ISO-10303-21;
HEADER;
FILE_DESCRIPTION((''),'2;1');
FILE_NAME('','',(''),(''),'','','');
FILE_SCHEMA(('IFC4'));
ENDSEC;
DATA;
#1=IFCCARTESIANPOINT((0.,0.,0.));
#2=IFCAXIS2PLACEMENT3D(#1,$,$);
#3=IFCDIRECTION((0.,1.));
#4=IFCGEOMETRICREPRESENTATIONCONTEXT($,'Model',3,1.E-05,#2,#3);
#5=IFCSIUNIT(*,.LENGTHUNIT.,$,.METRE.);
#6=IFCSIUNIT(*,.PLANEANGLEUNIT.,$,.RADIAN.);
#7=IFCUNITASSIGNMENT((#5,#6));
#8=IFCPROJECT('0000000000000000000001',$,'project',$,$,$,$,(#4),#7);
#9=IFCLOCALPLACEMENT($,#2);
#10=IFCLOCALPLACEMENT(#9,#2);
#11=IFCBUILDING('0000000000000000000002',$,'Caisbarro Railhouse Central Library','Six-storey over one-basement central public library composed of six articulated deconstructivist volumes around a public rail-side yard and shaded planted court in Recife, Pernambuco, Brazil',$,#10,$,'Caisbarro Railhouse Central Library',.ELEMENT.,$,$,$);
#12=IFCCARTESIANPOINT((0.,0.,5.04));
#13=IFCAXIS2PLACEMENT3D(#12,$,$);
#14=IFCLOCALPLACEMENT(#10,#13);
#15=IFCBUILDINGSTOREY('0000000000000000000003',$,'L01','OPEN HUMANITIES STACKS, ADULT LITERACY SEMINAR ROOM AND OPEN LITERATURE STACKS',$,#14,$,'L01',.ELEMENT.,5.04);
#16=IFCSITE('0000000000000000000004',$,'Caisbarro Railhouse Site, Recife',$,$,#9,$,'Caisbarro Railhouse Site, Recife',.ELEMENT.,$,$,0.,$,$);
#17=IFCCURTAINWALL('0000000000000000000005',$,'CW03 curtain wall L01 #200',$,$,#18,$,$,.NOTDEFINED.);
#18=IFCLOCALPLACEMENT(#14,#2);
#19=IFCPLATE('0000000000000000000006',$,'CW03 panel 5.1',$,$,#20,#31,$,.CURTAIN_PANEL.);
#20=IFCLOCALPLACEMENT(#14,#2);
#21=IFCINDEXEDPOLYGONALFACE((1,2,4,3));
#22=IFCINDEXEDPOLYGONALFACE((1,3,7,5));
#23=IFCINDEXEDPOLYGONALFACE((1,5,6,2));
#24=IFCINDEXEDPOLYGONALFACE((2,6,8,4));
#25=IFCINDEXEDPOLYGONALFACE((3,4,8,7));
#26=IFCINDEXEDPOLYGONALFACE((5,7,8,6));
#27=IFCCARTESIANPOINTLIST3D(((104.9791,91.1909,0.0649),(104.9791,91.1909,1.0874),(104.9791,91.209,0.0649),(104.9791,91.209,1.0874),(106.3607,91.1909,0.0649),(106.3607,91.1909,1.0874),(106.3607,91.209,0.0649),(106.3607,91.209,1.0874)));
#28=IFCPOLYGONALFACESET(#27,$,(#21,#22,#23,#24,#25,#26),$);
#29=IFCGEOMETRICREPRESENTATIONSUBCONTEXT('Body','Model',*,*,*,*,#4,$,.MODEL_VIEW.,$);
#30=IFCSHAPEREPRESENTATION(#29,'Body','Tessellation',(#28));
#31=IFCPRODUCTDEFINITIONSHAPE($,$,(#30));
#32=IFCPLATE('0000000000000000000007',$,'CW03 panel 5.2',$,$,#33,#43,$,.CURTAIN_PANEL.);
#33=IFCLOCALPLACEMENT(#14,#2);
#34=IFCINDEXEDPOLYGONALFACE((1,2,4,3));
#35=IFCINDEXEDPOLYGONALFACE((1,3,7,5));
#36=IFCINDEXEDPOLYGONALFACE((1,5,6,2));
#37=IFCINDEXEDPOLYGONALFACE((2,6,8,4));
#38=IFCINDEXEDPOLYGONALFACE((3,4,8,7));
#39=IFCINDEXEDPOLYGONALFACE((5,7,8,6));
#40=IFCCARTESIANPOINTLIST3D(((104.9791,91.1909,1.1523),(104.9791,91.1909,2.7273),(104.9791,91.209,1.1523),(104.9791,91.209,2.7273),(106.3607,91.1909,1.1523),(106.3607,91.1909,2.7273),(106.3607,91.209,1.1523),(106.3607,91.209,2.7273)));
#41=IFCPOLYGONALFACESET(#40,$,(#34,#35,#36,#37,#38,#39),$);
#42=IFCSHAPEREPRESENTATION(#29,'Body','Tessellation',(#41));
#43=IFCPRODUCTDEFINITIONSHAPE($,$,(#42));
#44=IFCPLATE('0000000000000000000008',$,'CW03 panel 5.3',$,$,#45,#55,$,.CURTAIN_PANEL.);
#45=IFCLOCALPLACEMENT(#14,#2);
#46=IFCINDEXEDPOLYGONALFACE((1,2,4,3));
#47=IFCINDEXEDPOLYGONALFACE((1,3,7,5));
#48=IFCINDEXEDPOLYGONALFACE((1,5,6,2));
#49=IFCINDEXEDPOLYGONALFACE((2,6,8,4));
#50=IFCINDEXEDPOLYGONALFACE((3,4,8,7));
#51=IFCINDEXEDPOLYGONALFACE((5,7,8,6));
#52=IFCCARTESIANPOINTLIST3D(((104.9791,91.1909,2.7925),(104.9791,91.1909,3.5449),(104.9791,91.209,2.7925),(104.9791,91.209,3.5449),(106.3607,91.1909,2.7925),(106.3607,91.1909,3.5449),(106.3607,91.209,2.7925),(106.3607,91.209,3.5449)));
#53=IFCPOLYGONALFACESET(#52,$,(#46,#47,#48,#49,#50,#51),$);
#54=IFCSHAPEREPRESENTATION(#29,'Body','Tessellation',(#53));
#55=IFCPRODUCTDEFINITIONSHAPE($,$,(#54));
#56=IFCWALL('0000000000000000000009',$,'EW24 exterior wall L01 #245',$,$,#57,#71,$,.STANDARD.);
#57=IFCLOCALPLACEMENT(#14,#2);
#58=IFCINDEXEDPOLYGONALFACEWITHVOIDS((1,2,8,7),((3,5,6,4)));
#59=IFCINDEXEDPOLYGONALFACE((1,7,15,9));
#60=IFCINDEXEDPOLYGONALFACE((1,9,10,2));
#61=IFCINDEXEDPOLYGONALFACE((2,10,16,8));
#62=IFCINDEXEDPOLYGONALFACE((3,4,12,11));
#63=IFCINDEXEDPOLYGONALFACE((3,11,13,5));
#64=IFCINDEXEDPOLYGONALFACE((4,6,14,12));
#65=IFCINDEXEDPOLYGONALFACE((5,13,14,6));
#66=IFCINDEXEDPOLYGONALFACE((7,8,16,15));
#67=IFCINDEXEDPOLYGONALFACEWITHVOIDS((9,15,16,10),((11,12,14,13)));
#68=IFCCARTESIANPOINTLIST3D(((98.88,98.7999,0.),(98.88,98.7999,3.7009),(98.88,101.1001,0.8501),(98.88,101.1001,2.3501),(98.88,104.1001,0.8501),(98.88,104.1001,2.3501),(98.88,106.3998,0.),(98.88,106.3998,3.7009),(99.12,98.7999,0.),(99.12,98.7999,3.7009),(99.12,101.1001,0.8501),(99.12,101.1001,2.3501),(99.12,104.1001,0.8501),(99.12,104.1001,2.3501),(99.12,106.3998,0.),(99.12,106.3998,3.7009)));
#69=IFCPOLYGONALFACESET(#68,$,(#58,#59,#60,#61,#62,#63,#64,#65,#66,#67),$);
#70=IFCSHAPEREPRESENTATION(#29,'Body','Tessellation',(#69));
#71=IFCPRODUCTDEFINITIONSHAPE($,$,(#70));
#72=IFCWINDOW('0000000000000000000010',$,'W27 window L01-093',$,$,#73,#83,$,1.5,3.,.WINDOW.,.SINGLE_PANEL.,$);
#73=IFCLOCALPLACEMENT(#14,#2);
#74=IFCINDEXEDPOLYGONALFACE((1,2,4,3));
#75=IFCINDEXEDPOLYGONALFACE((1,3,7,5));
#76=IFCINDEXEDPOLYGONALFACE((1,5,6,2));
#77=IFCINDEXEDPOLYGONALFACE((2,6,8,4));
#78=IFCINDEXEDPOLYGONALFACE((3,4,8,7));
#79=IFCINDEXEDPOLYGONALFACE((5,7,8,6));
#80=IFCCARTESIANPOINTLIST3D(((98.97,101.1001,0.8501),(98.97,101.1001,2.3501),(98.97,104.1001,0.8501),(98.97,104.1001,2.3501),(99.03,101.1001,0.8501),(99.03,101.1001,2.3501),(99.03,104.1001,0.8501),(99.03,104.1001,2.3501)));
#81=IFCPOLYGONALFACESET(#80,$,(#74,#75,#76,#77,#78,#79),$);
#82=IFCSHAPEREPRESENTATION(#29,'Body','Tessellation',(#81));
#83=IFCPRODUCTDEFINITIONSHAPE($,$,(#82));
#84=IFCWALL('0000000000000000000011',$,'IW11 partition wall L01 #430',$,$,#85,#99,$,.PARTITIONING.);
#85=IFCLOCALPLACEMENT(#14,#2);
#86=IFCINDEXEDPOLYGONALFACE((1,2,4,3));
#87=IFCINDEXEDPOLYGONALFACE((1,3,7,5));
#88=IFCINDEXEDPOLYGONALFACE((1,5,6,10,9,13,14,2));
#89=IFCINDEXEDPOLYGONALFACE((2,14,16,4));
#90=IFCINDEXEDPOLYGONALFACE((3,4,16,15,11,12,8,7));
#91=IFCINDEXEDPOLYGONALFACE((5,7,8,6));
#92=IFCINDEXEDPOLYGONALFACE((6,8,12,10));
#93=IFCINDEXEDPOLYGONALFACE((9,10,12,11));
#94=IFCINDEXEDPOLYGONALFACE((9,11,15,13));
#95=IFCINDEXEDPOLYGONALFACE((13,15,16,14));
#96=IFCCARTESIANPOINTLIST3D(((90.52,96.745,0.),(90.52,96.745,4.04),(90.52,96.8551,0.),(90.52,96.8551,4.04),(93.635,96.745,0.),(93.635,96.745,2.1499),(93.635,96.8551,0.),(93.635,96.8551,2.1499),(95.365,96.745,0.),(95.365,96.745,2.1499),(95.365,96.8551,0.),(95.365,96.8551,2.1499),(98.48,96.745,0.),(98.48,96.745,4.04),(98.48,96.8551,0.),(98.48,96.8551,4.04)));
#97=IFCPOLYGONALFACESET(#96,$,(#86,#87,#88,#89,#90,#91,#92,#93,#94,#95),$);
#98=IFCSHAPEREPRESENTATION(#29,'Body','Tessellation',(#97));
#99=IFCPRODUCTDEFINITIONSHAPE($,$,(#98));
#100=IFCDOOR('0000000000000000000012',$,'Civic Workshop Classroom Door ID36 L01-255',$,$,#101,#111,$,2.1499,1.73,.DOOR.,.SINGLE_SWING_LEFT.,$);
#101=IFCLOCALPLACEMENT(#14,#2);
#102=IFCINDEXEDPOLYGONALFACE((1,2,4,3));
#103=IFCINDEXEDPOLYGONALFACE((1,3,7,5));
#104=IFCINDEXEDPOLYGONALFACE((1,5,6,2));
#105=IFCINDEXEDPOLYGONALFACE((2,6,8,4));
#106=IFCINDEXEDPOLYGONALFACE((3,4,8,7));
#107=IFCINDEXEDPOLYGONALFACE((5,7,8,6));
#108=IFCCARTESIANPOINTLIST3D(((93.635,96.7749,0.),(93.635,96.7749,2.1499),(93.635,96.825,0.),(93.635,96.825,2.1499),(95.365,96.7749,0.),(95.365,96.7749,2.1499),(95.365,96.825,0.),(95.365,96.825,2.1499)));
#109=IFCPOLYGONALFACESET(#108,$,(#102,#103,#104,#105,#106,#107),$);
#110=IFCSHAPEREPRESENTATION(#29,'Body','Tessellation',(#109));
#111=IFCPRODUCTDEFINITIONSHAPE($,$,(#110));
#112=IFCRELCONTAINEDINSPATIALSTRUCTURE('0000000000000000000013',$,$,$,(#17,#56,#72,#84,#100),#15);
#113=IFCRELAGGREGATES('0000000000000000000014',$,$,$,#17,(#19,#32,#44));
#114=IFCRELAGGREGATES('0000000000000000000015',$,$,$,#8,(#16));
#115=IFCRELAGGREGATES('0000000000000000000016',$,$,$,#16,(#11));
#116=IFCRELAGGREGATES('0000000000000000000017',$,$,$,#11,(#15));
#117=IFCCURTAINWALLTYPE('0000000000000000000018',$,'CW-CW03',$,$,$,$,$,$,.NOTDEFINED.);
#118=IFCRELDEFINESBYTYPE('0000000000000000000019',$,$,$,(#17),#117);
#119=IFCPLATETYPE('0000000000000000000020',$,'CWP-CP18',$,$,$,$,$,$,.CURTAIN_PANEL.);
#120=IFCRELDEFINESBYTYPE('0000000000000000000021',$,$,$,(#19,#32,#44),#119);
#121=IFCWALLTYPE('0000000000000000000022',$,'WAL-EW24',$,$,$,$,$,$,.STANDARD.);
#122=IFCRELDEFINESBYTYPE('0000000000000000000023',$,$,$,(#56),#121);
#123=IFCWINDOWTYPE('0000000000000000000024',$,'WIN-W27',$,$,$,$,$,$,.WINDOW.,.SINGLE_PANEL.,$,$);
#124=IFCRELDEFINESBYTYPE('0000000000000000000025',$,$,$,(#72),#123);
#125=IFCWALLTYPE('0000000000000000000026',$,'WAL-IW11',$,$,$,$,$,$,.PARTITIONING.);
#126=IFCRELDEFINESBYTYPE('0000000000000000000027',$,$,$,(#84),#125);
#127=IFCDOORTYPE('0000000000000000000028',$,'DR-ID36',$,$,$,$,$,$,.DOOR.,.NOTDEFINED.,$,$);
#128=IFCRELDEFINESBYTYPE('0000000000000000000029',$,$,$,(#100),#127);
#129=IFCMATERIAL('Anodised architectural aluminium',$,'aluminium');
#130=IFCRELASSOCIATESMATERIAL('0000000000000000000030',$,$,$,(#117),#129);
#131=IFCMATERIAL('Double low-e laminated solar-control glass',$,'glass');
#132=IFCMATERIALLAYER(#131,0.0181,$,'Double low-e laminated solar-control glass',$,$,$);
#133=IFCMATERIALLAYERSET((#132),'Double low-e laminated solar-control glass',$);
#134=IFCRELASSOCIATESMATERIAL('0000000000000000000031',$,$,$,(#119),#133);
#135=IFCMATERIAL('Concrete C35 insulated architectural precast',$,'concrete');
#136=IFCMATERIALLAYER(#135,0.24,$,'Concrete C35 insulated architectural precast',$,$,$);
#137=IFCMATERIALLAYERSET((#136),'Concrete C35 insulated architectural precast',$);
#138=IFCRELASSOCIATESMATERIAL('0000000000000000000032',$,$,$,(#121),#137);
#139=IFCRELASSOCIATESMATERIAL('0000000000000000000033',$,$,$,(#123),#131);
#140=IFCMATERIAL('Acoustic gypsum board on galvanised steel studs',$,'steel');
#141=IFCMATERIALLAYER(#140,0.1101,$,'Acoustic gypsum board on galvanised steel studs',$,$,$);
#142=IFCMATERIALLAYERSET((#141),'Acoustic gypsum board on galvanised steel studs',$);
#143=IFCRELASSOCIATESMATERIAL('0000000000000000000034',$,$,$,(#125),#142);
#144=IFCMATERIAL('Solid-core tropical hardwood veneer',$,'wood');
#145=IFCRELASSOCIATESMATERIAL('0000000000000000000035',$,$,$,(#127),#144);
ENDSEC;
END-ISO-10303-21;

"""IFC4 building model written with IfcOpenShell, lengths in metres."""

from ifc_helpers import new_model, si_unit, direction, frame, frame_2d, origin, origin_2d, place, context, subcontext, project, spatial, rectangle, extrude, material, layer, layer_set, type_object, element, fill, aggregate, save


model = new_model("IFC4")

# Units and contexts
model_context = context("Model", 3, precision=1e-05, world=origin(), true_north=direction((0.0, 1.0)))
body_context = subcontext(model_context, "Body", "Model", "MODEL_VIEW")
ifc_project = project(units=[si_unit("LENGTHUNIT", "METRE"), si_unit("PLANEANGLEUNIT", "RADIAN")], contexts=[model_context])

# Site, building, storey
site_placement = place(None, origin())
site = spatial("IfcSite", under=ifc_project, at=site_placement, Name="Caisbarro Railhouse Site, Recife", LongName="Caisbarro Railhouse Site, Recife", CompositionType="ELEMENT", RefElevation=0.0)
building_placement = place(site_placement, origin())
building = spatial("IfcBuilding", under=site, at=building_placement, Name="Caisbarro Railhouse Central Library", Description="Six-storey over one-basement central public library composed of six articulated deconstructivist volumes around a public rail-side yard and shaded planted court in Recife, Pernambuco, Brazil", LongName="Caisbarro Railhouse Central Library", CompositionType="ELEMENT")
storey_placement = place(building_placement, frame((0.0, 0.0, 5.04)))
storey = spatial("IfcBuildingStorey", under=building, at=storey_placement, Name="L01", Description="OPEN HUMANITIES STACKS, ADULT LITERACY SEMINAR ROOM AND OPEN LITERATURE STACKS", LongName="L01", CompositionType="ELEMENT", Elevation=5.04)

# Curtain wall, plates
ifc_material_1 = material(Name="Anodised architectural aluminium", Category="aluminium")
curtain_wall_type = type_object("IfcCurtainWallType", Name="CW-CW03", PredefinedType="NOTDEFINED", material=ifc_material_1)
curtain_wall_placement = place(storey_placement, origin())
curtain_wall = element("IfcCurtainWall", 1, at=curtain_wall_placement, inside=storey, type_object=curtain_wall_type, Name="CW03 curtain wall L01 #200", PredefinedType="NOTDEFINED")
ifc_material_2 = material(Name="Double low-e laminated solar-control glass", Category="glass")
ifc_layer_1 = layer(ifc_material_2, 0.0181, Name="Double low-e laminated solar-control glass")
ifc_layer_set_1 = layer_set([ifc_layer_1], Name="Double low-e laminated solar-control glass")
plate_type = type_object("IfcPlateType", Name="CWP-CP18", PredefinedType="CURTAIN_PANEL", material=ifc_layer_set_1)
plate_1_placement = place(storey_placement, frame((105.6699, 91.2, 0.0649), z_axis=(0.0, 0.0, 1.0), x_axis=(1.0, 0.0, 0.0)))
plate_1 = element("IfcPlate", 2, at=plate_1_placement, type_object=plate_type, Name="CW03 panel 5.1", PredefinedType="CURTAIN_PANEL", context=body_context, shape_type="SweptSolid", body=[
    extrude(rectangle(XDim=1.3816, YDim=0.0181, at=origin_2d()), origin(), (0.0, 0.0, 1.0), 1.0225),
])
plate_2_placement = place(storey_placement, frame((105.6699, 91.2, 1.1523), z_axis=(0.0, 0.0, 1.0), x_axis=(1.0, 0.0, 0.0)))
plate_2 = element("IfcPlate", 3, at=plate_2_placement, type_object=plate_type, Name="CW03 panel 5.2", PredefinedType="CURTAIN_PANEL", context=body_context, shape_type="SweptSolid", body=[
    extrude(rectangle(XDim=1.3816, YDim=0.0181, at=origin_2d()), origin(), (0.0, 0.0, 1.0), 1.575),
])
plate_3_placement = place(storey_placement, frame((105.6699, 91.2, 2.7925), z_axis=(0.0, 0.0, 1.0), x_axis=(1.0, 0.0, 0.0)))
plate_3 = element("IfcPlate", 4, at=plate_3_placement, type_object=plate_type, Name="CW03 panel 5.3", PredefinedType="CURTAIN_PANEL", context=body_context, shape_type="SweptSolid", body=[
    extrude(rectangle(XDim=1.3816, YDim=0.0181, at=origin_2d()), origin(), (0.0, 0.0, 1.0), 0.7524),
])
aggregate(curtain_wall, [plate_1, plate_2, plate_3])

# Wall, opening, window
ifc_material_3 = material(Name="Concrete C35 insulated architectural precast", Category="concrete")
ifc_layer_2 = layer(ifc_material_3, 0.24, Name="Concrete C35 insulated architectural precast")
ifc_layer_set_2 = layer_set([ifc_layer_2], Name="Concrete C35 insulated architectural precast")
wall_type_1 = type_object("IfcWallType", Name="WAL-EW24", PredefinedType="STANDARD", material=ifc_layer_set_2)
wall_1_placement = place(storey_placement, frame((99.0, 98.8, 0.0), z_axis=(0.0, 0.0, 1.0), x_axis=(0.0, 1.0, 0.0)))
wall_1 = element("IfcWall", 5, at=wall_1_placement, inside=storey, type_object=wall_type_1, Name="EW24 exterior wall L01 #245", PredefinedType="STANDARD", context=body_context, shape_type="SweptSolid", body=[
    extrude(rectangle(XDim=7.5999, YDim=0.24, at=frame_2d((3.7998, 0.0))), origin(), (0.0, 0.0, 1.0), 3.7009),
])
opening_1_placement = place(wall_1_placement, frame((2.3, 0.0, 0.8501)))
opening_1 = element("IfcOpeningElement", 6, at=opening_1_placement, cuts=wall_1, PredefinedType="OPENING", context=body_context, shape_type="SweptSolid", body=[
    extrude(rectangle(XDim=3.0, YDim=1.5, at=frame_2d((1.5, 0.75))), frame((0.0, 0.1299, 0.0), z_axis=(0.0, -1.0, 0.0), x_axis=(1.0, 0.0, 0.0)), (0.0, 0.0, 1.0), 0.26),
])
window_type = type_object("IfcWindowType", Name="WIN-W27", PartitioningType="SINGLE_PANEL", PredefinedType="WINDOW", material=ifc_material_2)
window_placement = place(opening_1_placement, origin())
window = element("IfcWindow", 7, at=window_placement, inside=storey, type_object=window_type, Name="W27 window L01-093", OverallHeight=1.5, OverallWidth=3.0, PartitioningType="SINGLE_PANEL", PredefinedType="WINDOW", context=body_context, shape_type="SweptSolid", body=[
    extrude(rectangle(XDim=3.0, YDim=1.5, at=frame_2d((1.5, 0.75))), frame((0.0, 0.03, 0.0), z_axis=(0.0, -1.0, 0.0), x_axis=(1.0, 0.0, 0.0)), (0.0, 0.0, 1.0), 0.0601),
])
fill(opening_1, window)

# Wall, opening, door
ifc_material_4 = material(Name="Acoustic gypsum board on galvanised steel studs", Category="steel")
ifc_layer_3 = layer(ifc_material_4, 0.1101, Name="Acoustic gypsum board on galvanised steel studs")
ifc_layer_set_3 = layer_set([ifc_layer_3], Name="Acoustic gypsum board on galvanised steel studs")
wall_type_2 = type_object("IfcWallType", Name="WAL-IW11", PredefinedType="PARTITIONING", material=ifc_layer_set_3)
wall_2_placement = place(storey_placement, frame((90.52, 96.8, 0.0), z_axis=(0.0, 0.0, 1.0), x_axis=(1.0, 0.0, 0.0)))
wall_2 = element("IfcWall", 8, at=wall_2_placement, inside=storey, type_object=wall_type_2, Name="IW11 partition wall L01 #430", PredefinedType="PARTITIONING", context=body_context, shape_type="SweptSolid", body=[
    extrude(rectangle(XDim=7.96, YDim=0.1101, at=frame_2d((3.98, 0.0))), origin(), (0.0, 0.0, 1.0), 4.04),
])
opening_2_placement = place(wall_2_placement, frame((3.115, 0.0, 0.0)))
opening_2 = element("IfcOpeningElement", 9, at=opening_2_placement, cuts=wall_2, PredefinedType="OPENING", context=body_context, shape_type="SweptSolid", body=[
    extrude(rectangle(XDim=1.73, YDim=2.1499, at=frame_2d((0.865, 1.075))), frame((0.0, 0.0649, 0.0), z_axis=(0.0, -1.0, 0.0), x_axis=(1.0, 0.0, 0.0)), (0.0, 0.0, 1.0), 0.1301),
])
ifc_material_5 = material(Name="Solid-core tropical hardwood veneer", Category="wood")
door_type = type_object("IfcDoorType", Name="DR-ID36", OperationType="NOTDEFINED", PredefinedType="DOOR", material=ifc_material_5)
door_placement = place(opening_2_placement, origin())
door = element("IfcDoor", 10, at=door_placement, inside=storey, type_object=door_type, Name="Civic Workshop Classroom Door ID36 L01-255", OperationType="SINGLE_SWING_LEFT", OverallHeight=2.1499, OverallWidth=1.73, PredefinedType="DOOR", context=body_context, shape_type="SweptSolid", body=[
    extrude(rectangle(XDim=1.73, YDim=2.1499, at=frame_2d((0.865, 1.075))), frame((0.0, 0.0249, 0.0), z_axis=(0.0, -1.0, 0.0), x_axis=(1.0, 0.0, 0.0)), (0.0, 0.0, 1.0), 0.05),
])
fill(opening_2, door)

save(model, "model.ifc")
